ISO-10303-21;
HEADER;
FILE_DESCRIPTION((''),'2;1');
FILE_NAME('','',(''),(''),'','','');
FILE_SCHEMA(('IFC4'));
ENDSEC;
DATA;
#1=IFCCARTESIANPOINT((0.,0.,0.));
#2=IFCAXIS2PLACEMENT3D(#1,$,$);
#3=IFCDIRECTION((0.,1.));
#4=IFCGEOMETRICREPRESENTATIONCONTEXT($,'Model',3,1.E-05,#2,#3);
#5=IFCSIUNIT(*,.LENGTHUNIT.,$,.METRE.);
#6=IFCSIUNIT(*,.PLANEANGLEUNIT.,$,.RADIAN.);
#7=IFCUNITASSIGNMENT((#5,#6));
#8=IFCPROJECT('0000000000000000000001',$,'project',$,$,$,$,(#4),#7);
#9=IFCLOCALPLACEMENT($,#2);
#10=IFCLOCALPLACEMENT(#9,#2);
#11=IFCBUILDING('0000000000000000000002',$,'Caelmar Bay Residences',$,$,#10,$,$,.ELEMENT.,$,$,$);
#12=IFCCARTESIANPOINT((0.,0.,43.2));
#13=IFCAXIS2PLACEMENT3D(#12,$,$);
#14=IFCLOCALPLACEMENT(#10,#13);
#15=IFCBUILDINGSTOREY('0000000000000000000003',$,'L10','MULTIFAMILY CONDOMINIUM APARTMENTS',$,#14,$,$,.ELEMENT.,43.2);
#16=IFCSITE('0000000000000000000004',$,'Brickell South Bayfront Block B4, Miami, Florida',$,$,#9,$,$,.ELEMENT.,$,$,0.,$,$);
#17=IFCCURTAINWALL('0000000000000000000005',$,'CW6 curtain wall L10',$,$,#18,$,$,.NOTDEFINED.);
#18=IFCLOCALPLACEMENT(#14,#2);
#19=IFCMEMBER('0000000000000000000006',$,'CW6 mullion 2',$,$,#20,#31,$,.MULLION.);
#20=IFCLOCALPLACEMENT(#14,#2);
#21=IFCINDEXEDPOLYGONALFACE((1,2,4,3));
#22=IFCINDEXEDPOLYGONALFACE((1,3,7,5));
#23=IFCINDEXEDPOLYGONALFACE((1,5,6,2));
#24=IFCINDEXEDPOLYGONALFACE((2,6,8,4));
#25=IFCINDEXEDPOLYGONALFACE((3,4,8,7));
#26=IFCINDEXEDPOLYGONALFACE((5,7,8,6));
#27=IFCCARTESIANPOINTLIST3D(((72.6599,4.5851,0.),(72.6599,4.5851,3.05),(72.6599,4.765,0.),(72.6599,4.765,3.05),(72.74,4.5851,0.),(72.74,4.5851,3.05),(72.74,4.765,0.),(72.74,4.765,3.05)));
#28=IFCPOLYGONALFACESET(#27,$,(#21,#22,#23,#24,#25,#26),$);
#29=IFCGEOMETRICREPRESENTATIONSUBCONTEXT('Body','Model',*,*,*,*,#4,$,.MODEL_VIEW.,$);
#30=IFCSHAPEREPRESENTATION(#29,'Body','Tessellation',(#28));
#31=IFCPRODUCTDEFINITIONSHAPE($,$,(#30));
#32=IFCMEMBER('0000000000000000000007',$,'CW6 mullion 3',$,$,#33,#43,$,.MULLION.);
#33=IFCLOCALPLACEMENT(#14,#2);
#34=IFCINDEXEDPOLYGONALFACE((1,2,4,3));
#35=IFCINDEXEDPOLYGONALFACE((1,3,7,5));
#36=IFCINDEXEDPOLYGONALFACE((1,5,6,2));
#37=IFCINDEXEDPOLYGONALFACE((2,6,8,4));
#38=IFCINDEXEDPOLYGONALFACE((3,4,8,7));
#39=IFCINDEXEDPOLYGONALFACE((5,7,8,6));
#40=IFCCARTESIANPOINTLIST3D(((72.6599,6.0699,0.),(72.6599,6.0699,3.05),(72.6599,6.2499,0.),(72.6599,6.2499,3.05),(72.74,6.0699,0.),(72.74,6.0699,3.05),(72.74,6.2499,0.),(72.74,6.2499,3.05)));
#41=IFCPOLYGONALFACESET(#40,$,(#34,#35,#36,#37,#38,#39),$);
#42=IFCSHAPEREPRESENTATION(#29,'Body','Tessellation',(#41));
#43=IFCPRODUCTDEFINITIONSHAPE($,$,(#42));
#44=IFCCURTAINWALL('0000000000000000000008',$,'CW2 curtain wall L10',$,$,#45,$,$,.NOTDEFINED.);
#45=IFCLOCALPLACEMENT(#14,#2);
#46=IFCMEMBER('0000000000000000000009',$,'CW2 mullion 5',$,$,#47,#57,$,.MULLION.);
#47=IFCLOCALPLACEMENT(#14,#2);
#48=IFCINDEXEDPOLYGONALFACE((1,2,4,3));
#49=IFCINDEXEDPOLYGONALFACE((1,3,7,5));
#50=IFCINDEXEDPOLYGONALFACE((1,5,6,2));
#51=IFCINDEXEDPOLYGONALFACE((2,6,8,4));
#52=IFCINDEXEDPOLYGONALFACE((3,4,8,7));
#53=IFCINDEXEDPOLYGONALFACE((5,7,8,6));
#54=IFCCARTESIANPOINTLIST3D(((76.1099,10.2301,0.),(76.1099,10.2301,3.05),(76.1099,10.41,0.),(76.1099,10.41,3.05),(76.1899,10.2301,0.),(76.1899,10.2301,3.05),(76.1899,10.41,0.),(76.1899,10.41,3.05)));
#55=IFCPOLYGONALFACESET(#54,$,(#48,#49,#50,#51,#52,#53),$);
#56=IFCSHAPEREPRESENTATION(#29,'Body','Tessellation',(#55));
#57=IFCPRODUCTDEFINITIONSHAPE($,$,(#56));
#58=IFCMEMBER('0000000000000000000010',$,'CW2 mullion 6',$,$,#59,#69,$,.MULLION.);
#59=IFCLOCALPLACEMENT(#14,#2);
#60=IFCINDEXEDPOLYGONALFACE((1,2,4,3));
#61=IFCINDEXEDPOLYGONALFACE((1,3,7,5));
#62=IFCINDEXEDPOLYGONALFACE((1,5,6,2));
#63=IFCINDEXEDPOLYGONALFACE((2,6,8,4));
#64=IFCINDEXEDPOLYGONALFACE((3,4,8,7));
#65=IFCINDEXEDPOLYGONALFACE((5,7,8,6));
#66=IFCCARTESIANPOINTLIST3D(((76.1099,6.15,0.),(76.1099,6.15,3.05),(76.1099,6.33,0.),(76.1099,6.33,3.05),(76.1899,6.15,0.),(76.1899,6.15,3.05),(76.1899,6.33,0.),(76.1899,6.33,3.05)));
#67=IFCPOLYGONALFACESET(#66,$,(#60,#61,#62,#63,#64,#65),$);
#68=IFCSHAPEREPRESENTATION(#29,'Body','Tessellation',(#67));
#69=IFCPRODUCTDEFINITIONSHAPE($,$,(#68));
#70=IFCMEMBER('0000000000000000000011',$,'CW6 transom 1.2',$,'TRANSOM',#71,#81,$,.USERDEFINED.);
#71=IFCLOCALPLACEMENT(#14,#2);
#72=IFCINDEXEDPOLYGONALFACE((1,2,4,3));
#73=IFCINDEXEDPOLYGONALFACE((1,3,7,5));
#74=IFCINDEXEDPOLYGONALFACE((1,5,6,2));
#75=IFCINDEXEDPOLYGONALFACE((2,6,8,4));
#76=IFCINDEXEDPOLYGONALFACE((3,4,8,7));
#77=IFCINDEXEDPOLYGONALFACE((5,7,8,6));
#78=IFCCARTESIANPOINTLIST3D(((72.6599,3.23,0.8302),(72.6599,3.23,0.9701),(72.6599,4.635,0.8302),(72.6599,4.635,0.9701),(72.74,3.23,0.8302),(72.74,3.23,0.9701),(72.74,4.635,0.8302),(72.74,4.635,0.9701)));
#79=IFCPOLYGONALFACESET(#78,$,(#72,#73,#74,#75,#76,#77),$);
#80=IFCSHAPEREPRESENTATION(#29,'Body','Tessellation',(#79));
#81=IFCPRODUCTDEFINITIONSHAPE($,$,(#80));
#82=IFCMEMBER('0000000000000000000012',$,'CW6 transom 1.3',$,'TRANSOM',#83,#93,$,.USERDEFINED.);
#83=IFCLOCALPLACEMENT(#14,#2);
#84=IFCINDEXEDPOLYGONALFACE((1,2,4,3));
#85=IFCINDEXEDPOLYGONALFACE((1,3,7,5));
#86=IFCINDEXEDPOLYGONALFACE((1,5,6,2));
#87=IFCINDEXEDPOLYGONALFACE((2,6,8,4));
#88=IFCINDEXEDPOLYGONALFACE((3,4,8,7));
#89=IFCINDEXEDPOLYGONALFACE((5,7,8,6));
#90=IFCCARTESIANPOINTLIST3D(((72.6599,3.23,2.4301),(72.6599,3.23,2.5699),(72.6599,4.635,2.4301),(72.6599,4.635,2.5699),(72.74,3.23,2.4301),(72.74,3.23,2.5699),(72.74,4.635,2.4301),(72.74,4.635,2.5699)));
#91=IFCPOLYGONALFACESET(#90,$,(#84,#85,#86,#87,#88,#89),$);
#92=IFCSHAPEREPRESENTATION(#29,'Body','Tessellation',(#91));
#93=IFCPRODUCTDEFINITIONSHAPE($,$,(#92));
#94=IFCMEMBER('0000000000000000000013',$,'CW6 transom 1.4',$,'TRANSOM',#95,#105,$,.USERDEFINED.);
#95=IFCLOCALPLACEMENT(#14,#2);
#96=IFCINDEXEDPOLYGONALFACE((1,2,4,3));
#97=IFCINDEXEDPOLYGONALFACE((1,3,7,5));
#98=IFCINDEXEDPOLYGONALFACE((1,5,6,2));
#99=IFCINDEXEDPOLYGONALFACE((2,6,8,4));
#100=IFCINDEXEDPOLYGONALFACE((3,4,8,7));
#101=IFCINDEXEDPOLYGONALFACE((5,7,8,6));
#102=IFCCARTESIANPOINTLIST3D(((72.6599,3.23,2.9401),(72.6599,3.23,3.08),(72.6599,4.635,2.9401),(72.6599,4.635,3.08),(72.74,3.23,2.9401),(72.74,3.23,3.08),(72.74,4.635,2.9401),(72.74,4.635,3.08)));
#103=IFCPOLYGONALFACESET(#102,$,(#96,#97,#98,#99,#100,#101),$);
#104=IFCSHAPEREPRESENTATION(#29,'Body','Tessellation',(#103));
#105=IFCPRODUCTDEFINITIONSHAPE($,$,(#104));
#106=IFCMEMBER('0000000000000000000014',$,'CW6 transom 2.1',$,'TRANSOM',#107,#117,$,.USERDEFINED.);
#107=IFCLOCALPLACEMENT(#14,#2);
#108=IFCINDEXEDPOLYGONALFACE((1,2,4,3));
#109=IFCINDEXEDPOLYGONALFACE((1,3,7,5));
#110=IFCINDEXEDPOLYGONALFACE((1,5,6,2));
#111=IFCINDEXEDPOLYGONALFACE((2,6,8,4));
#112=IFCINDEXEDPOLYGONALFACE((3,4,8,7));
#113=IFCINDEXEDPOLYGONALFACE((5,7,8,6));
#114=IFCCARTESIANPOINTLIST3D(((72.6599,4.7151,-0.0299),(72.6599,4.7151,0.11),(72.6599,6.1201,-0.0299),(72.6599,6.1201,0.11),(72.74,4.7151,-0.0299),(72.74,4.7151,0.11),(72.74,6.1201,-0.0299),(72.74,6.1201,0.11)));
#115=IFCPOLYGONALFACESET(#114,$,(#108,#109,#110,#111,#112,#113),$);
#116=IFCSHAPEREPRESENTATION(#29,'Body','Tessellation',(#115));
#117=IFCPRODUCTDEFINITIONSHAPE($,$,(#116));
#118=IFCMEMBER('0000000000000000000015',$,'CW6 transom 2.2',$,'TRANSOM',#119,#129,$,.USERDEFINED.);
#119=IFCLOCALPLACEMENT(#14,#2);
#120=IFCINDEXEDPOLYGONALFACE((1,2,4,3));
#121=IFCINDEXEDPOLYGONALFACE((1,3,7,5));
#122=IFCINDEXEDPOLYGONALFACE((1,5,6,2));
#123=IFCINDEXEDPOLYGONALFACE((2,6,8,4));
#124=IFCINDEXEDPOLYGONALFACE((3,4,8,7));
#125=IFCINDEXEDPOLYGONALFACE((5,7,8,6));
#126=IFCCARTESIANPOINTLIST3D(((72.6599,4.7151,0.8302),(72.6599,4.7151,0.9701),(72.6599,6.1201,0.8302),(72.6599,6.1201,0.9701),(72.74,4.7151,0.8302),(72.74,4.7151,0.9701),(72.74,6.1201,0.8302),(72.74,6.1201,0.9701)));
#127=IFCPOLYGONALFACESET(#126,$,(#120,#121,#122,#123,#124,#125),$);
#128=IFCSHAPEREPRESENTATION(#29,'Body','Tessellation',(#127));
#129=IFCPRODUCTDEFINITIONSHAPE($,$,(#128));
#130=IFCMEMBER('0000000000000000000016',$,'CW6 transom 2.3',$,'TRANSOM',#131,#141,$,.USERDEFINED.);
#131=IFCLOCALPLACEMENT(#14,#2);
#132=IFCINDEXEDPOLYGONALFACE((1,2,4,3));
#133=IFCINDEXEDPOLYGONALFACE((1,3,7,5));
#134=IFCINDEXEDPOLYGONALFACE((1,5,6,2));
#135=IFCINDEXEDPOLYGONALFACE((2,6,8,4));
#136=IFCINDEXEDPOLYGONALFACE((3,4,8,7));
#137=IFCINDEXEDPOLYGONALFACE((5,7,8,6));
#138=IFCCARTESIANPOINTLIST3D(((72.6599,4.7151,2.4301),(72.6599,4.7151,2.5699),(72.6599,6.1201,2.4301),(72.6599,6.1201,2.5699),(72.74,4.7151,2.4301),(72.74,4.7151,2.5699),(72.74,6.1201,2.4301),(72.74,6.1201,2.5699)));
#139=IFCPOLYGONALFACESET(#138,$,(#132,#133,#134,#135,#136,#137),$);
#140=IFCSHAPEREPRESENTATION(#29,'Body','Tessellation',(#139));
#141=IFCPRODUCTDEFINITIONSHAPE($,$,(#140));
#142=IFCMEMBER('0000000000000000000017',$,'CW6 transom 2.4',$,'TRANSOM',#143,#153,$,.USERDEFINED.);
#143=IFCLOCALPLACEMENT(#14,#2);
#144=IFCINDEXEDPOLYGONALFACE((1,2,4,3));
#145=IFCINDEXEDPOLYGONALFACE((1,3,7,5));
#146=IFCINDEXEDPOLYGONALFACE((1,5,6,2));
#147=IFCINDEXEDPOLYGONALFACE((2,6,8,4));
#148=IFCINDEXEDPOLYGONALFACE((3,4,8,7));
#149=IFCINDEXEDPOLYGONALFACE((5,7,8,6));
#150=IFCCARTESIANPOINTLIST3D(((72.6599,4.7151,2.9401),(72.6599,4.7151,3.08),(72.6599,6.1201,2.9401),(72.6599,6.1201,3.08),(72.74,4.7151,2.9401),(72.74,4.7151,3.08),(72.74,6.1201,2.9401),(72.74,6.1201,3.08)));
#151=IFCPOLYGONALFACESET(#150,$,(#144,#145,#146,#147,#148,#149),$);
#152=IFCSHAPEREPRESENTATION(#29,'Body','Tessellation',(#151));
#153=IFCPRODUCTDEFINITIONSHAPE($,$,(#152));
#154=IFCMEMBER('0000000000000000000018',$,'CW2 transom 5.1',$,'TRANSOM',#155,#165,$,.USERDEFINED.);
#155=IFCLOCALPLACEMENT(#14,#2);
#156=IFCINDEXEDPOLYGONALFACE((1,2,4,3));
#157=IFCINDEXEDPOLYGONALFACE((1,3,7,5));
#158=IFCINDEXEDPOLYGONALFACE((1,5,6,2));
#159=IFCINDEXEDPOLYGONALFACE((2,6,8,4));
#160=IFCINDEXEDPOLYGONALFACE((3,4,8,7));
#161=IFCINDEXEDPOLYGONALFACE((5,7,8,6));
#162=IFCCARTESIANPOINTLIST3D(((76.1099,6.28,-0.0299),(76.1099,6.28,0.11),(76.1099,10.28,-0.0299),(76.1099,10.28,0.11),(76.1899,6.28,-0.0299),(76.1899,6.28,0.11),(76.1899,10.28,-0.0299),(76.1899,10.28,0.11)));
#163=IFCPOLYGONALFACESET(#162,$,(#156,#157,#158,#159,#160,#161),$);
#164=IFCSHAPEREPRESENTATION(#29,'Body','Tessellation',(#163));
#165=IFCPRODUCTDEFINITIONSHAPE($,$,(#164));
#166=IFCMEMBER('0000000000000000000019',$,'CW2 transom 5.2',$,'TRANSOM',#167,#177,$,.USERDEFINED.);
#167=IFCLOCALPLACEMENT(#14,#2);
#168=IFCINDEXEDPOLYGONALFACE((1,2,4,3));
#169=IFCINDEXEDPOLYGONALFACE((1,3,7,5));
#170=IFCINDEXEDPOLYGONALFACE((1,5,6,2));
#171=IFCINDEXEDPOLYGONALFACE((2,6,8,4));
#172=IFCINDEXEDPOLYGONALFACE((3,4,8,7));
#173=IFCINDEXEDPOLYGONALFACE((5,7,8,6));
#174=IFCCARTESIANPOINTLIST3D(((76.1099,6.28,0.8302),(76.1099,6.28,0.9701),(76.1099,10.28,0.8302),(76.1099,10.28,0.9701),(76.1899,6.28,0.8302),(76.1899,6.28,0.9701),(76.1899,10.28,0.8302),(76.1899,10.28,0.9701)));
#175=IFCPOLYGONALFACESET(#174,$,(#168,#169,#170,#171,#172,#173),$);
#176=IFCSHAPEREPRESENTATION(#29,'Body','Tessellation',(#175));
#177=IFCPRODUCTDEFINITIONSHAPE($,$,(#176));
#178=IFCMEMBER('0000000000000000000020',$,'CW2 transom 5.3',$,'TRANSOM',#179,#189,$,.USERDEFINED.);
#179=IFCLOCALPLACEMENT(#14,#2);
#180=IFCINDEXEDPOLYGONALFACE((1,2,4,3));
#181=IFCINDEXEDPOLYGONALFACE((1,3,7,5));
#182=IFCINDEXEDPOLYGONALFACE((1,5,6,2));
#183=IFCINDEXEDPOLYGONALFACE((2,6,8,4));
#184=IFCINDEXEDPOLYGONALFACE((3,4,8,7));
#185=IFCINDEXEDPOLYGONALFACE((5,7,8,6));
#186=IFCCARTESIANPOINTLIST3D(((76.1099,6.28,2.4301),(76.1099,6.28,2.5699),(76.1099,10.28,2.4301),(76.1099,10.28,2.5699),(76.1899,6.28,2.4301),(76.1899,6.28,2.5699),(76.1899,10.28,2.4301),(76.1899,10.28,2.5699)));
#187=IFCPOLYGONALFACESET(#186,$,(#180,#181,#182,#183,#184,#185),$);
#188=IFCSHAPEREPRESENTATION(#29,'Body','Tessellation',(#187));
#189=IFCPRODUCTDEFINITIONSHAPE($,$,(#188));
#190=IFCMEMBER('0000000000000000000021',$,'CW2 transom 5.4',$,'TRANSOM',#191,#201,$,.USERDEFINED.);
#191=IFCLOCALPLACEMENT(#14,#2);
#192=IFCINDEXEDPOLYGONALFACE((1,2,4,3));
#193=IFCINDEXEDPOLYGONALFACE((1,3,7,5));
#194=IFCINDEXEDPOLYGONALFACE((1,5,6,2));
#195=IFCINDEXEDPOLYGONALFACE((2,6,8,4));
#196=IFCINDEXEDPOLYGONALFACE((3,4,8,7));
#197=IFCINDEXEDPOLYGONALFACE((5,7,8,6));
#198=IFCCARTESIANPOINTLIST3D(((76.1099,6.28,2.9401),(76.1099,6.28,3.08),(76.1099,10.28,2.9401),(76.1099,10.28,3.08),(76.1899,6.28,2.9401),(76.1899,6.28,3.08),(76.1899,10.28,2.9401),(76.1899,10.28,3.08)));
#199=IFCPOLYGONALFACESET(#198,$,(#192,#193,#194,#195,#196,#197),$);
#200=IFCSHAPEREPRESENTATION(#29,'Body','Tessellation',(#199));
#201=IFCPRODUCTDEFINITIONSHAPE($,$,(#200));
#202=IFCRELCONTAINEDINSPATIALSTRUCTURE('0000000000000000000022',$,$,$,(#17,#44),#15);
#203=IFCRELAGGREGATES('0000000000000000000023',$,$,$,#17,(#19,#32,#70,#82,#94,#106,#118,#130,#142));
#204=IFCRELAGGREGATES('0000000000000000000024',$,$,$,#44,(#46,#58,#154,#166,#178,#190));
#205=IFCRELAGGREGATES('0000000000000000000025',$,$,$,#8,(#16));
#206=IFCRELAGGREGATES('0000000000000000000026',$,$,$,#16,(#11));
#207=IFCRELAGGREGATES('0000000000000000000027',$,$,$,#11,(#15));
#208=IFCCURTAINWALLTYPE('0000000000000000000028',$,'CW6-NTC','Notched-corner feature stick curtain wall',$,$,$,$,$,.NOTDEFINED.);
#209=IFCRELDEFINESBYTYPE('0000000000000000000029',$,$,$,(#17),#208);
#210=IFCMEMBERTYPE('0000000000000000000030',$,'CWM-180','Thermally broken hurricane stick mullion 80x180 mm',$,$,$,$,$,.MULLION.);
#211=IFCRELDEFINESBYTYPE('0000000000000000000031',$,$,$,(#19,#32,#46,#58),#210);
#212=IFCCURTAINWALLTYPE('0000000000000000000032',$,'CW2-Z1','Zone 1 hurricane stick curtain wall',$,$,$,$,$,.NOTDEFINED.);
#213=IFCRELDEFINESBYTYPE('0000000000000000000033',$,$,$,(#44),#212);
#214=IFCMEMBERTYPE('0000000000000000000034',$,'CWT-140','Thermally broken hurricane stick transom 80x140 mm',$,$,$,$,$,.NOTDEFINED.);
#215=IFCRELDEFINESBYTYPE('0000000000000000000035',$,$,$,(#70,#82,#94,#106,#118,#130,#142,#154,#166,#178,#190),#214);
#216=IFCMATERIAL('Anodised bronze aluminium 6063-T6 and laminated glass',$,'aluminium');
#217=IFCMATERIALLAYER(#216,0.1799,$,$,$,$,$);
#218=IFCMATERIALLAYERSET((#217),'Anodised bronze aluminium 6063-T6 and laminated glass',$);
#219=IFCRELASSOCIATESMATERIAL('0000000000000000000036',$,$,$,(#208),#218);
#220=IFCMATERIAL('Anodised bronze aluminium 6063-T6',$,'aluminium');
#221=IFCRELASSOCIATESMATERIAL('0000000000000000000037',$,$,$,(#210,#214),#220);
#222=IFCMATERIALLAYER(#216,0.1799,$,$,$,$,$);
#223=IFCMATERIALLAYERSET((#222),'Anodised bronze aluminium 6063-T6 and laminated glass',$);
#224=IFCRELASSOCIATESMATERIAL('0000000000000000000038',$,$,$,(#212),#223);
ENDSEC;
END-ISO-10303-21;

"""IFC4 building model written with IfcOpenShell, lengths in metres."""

from ifc_helpers import new_model, si_unit, direction, frame, origin, origin_2d, place, context, subcontext, project, spatial, rectangle, extrude, material, layer, layer_set, material_profile, profile_set, type_object, element, aggregate, save


model = new_model("IFC4")

# Units and contexts
model_context = context("Model", 3, precision=1e-05, world=origin(), true_north=direction((0.0, 1.0)))
body_context = subcontext(model_context, "Body", "Model", "MODEL_VIEW")
ifc_project = project(units=[si_unit("LENGTHUNIT", "METRE"), si_unit("PLANEANGLEUNIT", "RADIAN")], contexts=[model_context])

# Site, building, storey
site_placement = place(None, origin())
site = spatial("IfcSite", under=ifc_project, at=site_placement, Name="Brickell South Bayfront Block B4, Miami, Florida", CompositionType="ELEMENT", RefElevation=0.0)
building_placement = place(site_placement, origin())
building = spatial("IfcBuilding", under=site, at=building_placement, Name="Caelmar Bay Residences", CompositionType="ELEMENT")
storey_placement = place(building_placement, frame((0.0, 0.0, 43.2)))
storey = spatial("IfcBuildingStorey", under=building, at=storey_placement, Name="L10", Description="MULTIFAMILY CONDOMINIUM APARTMENTS", CompositionType="ELEMENT", Elevation=43.2)

# Curtain walls, members
ifc_material_1 = material(Name="Anodised bronze aluminium 6063-T6 and laminated glass", Category="aluminium")
ifc_layer_1 = layer(ifc_material_1, 0.1799)
ifc_layer_set_1 = layer_set([ifc_layer_1], Name="Anodised bronze aluminium 6063-T6 and laminated glass")
curtain_wall_type_1 = type_object("IfcCurtainWallType", Name="CW6-NTC", Description="Notched-corner feature stick curtain wall", PredefinedType="NOTDEFINED", material=ifc_layer_set_1)
curtain_wall_1_placement = place(storey_placement, origin())
curtain_wall_1 = element("IfcCurtainWall", 1, at=curtain_wall_1_placement, inside=storey, type_object=curtain_wall_type_1, Name="CW6 curtain wall L10", PredefinedType="NOTDEFINED")
ifc_material_2 = material(Name="Anodised bronze aluminium 6063-T6", Category="aluminium")
ifc_material_profile_1 = material_profile(ifc_material_2, rectangle(XDim=0.0801, YDim=0.1799, at=origin_2d()), Name="CWM-80X180")
ifc_profile_set_1 = profile_set([ifc_material_profile_1], Name="Anodised bronze aluminium 6063-T6")
member_type_1 = type_object("IfcMemberType", Name="CWM-180", Description="Thermally broken hurricane stick mullion 80x180 mm", PredefinedType="MULLION", material=ifc_profile_set_1)
member_1_placement = place(storey_placement, frame((72.7, 4.675, 0.0), z_axis=(0.0, 0.0, 1.0), x_axis=(-1.0, 0.0, 0.0)))
member_1 = element("IfcMember", 2, at=member_1_placement, type_object=member_type_1, Name="CW6 mullion 2", PredefinedType="MULLION", context=body_context, shape_type="SweptSolid", body=[
    extrude(rectangle(XDim=0.0801, YDim=0.1799, at=origin_2d()), origin(), (0.0, 0.0, 1.0), 3.05),
])
member_2_placement = place(storey_placement, frame((72.7, 6.1599, 0.0), z_axis=(0.0, 0.0, 1.0), x_axis=(-1.0, 0.0, 0.0)))
member_2 = element("IfcMember", 3, at=member_2_placement, type_object=member_type_1, Name="CW6 mullion 3", PredefinedType="MULLION", context=body_context, shape_type="SweptSolid", body=[
    extrude(rectangle(XDim=0.0801, YDim=0.1799, at=origin_2d()), origin(), (0.0, 0.0, 1.0), 3.05),
])
ifc_layer_2 = layer(ifc_material_1, 0.1799)
ifc_layer_set_2 = layer_set([ifc_layer_2], Name="Anodised bronze aluminium 6063-T6 and laminated glass")
curtain_wall_type_2 = type_object("IfcCurtainWallType", Name="CW2-Z1", Description="Zone 1 hurricane stick curtain wall", PredefinedType="NOTDEFINED", material=ifc_layer_set_2)
curtain_wall_2_placement = place(storey_placement, origin())
curtain_wall_2 = element("IfcCurtainWall", 4, at=curtain_wall_2_placement, inside=storey, type_object=curtain_wall_type_2, Name="CW2 curtain wall L10", PredefinedType="NOTDEFINED")
member_3_placement = place(storey_placement, frame((76.1499, 10.3201, 0.0), z_axis=(0.0, 0.0, 1.0), x_axis=(1.0, 0.0, 0.0)))
member_3 = element("IfcMember", 5, at=member_3_placement, type_object=member_type_1, Name="CW2 mullion 5", PredefinedType="MULLION", context=body_context, shape_type="SweptSolid", body=[
    extrude(rectangle(XDim=0.0801, YDim=0.1799, at=origin_2d()), origin(), (0.0, 0.0, 1.0), 3.05),
])
member_4_placement = place(storey_placement, frame((76.1499, 6.24, 0.0), z_axis=(0.0, 0.0, 1.0), x_axis=(1.0, 0.0, 0.0)))
member_4 = element("IfcMember", 6, at=member_4_placement, type_object=member_type_1, Name="CW2 mullion 6", PredefinedType="MULLION", context=body_context, shape_type="SweptSolid", body=[
    extrude(rectangle(XDim=0.0801, YDim=0.1799, at=origin_2d()), origin(), (0.0, 0.0, 1.0), 3.05),
])

# Members
ifc_material_profile_2 = material_profile(ifc_material_2, rectangle(XDim=0.0801, YDim=0.1399, at=origin_2d()), Name="CWT-80X140")
ifc_profile_set_2 = profile_set([ifc_material_profile_2], Name="Anodised bronze aluminium 6063-T6")
member_type_2 = type_object("IfcMemberType", Name="CWT-140", Description="Thermally broken hurricane stick transom 80x140 mm", PredefinedType="NOTDEFINED", material=ifc_profile_set_2)
member_5_placement = place(storey_placement, frame((72.7, 3.23, 0.9001), z_axis=(0.0, 1.0, 0.0), x_axis=(-1.0, 0.0, 0.0)))
member_5 = element("IfcMember", 7, at=member_5_placement, type_object=member_type_2, Name="CW6 transom 1.2", ObjectType="TRANSOM", PredefinedType="USERDEFINED", context=body_context, shape_type="SweptSolid", body=[
    extrude(rectangle(XDim=0.0801, YDim=0.1399, at=origin_2d()), origin(), (0.0, 0.0, 1.0), 1.405),
])
member_6_placement = place(storey_placement, frame((72.7, 3.23, 2.5), z_axis=(0.0, 1.0, 0.0), x_axis=(-1.0, 0.0, 0.0)))
member_6 = element("IfcMember", 8, at=member_6_placement, type_object=member_type_2, Name="CW6 transom 1.3", ObjectType="TRANSOM", PredefinedType="USERDEFINED", context=body_context, shape_type="SweptSolid", body=[
    extrude(rectangle(XDim=0.0801, YDim=0.1399, at=origin_2d()), origin(), (0.0, 0.0, 1.0), 1.405),
])
member_7_placement = place(storey_placement, frame((72.7, 3.23, 3.01), z_axis=(0.0, 1.0, 0.0), x_axis=(-1.0, 0.0, 0.0)))
member_7 = element("IfcMember", 9, at=member_7_placement, type_object=member_type_2, Name="CW6 transom 1.4", ObjectType="TRANSOM", PredefinedType="USERDEFINED", context=body_context, shape_type="SweptSolid", body=[
    extrude(rectangle(XDim=0.0801, YDim=0.1399, at=origin_2d()), origin(), (0.0, 0.0, 1.0), 1.405),
])
member_8_placement = place(storey_placement, frame((72.7, 4.7151, 0.04), z_axis=(0.0, 1.0, 0.0), x_axis=(-1.0, 0.0, 0.0)))
member_8 = element("IfcMember", 10, at=member_8_placement, type_object=member_type_2, Name="CW6 transom 2.1", ObjectType="TRANSOM", PredefinedType="USERDEFINED", context=body_context, shape_type="SweptSolid", body=[
    extrude(rectangle(XDim=0.0801, YDim=0.1399, at=origin_2d()), origin(), (0.0, 0.0, 1.0), 1.405),
])
member_9_placement = place(storey_placement, frame((72.7, 4.7151, 0.9001), z_axis=(0.0, 1.0, 0.0), x_axis=(-1.0, 0.0, 0.0)))
member_9 = element("IfcMember", 11, at=member_9_placement, type_object=member_type_2, Name="CW6 transom 2.2", ObjectType="TRANSOM", PredefinedType="USERDEFINED", context=body_context, shape_type="SweptSolid", body=[
    extrude(rectangle(XDim=0.0801, YDim=0.1399, at=origin_2d()), origin(), (0.0, 0.0, 1.0), 1.405),
])
member_10_placement = place(storey_placement, frame((72.7, 4.7151, 2.5), z_axis=(0.0, 1.0, 0.0), x_axis=(-1.0, 0.0, 0.0)))
member_10 = element("IfcMember", 12, at=member_10_placement, type_object=member_type_2, Name="CW6 transom 2.3", ObjectType="TRANSOM", PredefinedType="USERDEFINED", context=body_context, shape_type="SweptSolid", body=[
    extrude(rectangle(XDim=0.0801, YDim=0.1399, at=origin_2d()), origin(), (0.0, 0.0, 1.0), 1.405),
])
member_11_placement = place(storey_placement, frame((72.7, 4.7151, 3.01), z_axis=(0.0, 1.0, 0.0), x_axis=(-1.0, 0.0, 0.0)))
member_11 = element("IfcMember", 13, at=member_11_placement, type_object=member_type_2, Name="CW6 transom 2.4", ObjectType="TRANSOM", PredefinedType="USERDEFINED", context=body_context, shape_type="SweptSolid", body=[
    extrude(rectangle(XDim=0.0801, YDim=0.1399, at=origin_2d()), origin(), (0.0, 0.0, 1.0), 1.405),
])
member_12_placement = place(storey_placement, frame((76.1499, 10.28, 0.04), z_axis=(0.0, -1.0, 0.0), x_axis=(1.0, 0.0, 0.0)))
member_12 = element("IfcMember", 14, at=member_12_placement, type_object=member_type_2, Name="CW2 transom 5.1", ObjectType="TRANSOM", PredefinedType="USERDEFINED", context=body_context, shape_type="SweptSolid", body=[
    extrude(rectangle(XDim=0.0801, YDim=0.1399, at=origin_2d()), origin(), (0.0, 0.0, 1.0), 4.0),
])
member_13_placement = place(storey_placement, frame((76.1499, 10.28, 0.9001), z_axis=(0.0, -1.0, 0.0), x_axis=(1.0, 0.0, 0.0)))
member_13 = element("IfcMember", 15, at=member_13_placement, type_object=member_type_2, Name="CW2 transom 5.2", ObjectType="TRANSOM", PredefinedType="USERDEFINED", context=body_context, shape_type="SweptSolid", body=[
    extrude(rectangle(XDim=0.0801, YDim=0.1399, at=origin_2d()), origin(), (0.0, 0.0, 1.0), 4.0),
])
member_14_placement = place(storey_placement, frame((76.1499, 10.28, 2.5), z_axis=(0.0, -1.0, 0.0), x_axis=(1.0, 0.0, 0.0)))
member_14 = element("IfcMember", 16, at=member_14_placement, type_object=member_type_2, Name="CW2 transom 5.3", ObjectType="TRANSOM", PredefinedType="USERDEFINED", context=body_context, shape_type="SweptSolid", body=[
    extrude(rectangle(XDim=0.0801, YDim=0.1399, at=origin_2d()), origin(), (0.0, 0.0, 1.0), 4.0),
])
member_15_placement = place(storey_placement, frame((76.1499, 10.28, 3.01), z_axis=(0.0, -1.0, 0.0), x_axis=(1.0, 0.0, 0.0)))
member_15 = element("IfcMember", 17, at=member_15_placement, type_object=member_type_2, Name="CW2 transom 5.4", ObjectType="TRANSOM", PredefinedType="USERDEFINED", context=body_context, shape_type="SweptSolid", body=[
    extrude(rectangle(XDim=0.0801, YDim=0.1399, at=origin_2d()), origin(), (0.0, 0.0, 1.0), 4.0),
])

aggregate(curtain_wall_1, [member_1, member_2, member_5, member_6, member_7, member_8, member_9, member_10, member_11])
aggregate(curtain_wall_2, [member_3, member_4, member_12, member_13, member_14, member_15])

save(model, "model.ifc")
